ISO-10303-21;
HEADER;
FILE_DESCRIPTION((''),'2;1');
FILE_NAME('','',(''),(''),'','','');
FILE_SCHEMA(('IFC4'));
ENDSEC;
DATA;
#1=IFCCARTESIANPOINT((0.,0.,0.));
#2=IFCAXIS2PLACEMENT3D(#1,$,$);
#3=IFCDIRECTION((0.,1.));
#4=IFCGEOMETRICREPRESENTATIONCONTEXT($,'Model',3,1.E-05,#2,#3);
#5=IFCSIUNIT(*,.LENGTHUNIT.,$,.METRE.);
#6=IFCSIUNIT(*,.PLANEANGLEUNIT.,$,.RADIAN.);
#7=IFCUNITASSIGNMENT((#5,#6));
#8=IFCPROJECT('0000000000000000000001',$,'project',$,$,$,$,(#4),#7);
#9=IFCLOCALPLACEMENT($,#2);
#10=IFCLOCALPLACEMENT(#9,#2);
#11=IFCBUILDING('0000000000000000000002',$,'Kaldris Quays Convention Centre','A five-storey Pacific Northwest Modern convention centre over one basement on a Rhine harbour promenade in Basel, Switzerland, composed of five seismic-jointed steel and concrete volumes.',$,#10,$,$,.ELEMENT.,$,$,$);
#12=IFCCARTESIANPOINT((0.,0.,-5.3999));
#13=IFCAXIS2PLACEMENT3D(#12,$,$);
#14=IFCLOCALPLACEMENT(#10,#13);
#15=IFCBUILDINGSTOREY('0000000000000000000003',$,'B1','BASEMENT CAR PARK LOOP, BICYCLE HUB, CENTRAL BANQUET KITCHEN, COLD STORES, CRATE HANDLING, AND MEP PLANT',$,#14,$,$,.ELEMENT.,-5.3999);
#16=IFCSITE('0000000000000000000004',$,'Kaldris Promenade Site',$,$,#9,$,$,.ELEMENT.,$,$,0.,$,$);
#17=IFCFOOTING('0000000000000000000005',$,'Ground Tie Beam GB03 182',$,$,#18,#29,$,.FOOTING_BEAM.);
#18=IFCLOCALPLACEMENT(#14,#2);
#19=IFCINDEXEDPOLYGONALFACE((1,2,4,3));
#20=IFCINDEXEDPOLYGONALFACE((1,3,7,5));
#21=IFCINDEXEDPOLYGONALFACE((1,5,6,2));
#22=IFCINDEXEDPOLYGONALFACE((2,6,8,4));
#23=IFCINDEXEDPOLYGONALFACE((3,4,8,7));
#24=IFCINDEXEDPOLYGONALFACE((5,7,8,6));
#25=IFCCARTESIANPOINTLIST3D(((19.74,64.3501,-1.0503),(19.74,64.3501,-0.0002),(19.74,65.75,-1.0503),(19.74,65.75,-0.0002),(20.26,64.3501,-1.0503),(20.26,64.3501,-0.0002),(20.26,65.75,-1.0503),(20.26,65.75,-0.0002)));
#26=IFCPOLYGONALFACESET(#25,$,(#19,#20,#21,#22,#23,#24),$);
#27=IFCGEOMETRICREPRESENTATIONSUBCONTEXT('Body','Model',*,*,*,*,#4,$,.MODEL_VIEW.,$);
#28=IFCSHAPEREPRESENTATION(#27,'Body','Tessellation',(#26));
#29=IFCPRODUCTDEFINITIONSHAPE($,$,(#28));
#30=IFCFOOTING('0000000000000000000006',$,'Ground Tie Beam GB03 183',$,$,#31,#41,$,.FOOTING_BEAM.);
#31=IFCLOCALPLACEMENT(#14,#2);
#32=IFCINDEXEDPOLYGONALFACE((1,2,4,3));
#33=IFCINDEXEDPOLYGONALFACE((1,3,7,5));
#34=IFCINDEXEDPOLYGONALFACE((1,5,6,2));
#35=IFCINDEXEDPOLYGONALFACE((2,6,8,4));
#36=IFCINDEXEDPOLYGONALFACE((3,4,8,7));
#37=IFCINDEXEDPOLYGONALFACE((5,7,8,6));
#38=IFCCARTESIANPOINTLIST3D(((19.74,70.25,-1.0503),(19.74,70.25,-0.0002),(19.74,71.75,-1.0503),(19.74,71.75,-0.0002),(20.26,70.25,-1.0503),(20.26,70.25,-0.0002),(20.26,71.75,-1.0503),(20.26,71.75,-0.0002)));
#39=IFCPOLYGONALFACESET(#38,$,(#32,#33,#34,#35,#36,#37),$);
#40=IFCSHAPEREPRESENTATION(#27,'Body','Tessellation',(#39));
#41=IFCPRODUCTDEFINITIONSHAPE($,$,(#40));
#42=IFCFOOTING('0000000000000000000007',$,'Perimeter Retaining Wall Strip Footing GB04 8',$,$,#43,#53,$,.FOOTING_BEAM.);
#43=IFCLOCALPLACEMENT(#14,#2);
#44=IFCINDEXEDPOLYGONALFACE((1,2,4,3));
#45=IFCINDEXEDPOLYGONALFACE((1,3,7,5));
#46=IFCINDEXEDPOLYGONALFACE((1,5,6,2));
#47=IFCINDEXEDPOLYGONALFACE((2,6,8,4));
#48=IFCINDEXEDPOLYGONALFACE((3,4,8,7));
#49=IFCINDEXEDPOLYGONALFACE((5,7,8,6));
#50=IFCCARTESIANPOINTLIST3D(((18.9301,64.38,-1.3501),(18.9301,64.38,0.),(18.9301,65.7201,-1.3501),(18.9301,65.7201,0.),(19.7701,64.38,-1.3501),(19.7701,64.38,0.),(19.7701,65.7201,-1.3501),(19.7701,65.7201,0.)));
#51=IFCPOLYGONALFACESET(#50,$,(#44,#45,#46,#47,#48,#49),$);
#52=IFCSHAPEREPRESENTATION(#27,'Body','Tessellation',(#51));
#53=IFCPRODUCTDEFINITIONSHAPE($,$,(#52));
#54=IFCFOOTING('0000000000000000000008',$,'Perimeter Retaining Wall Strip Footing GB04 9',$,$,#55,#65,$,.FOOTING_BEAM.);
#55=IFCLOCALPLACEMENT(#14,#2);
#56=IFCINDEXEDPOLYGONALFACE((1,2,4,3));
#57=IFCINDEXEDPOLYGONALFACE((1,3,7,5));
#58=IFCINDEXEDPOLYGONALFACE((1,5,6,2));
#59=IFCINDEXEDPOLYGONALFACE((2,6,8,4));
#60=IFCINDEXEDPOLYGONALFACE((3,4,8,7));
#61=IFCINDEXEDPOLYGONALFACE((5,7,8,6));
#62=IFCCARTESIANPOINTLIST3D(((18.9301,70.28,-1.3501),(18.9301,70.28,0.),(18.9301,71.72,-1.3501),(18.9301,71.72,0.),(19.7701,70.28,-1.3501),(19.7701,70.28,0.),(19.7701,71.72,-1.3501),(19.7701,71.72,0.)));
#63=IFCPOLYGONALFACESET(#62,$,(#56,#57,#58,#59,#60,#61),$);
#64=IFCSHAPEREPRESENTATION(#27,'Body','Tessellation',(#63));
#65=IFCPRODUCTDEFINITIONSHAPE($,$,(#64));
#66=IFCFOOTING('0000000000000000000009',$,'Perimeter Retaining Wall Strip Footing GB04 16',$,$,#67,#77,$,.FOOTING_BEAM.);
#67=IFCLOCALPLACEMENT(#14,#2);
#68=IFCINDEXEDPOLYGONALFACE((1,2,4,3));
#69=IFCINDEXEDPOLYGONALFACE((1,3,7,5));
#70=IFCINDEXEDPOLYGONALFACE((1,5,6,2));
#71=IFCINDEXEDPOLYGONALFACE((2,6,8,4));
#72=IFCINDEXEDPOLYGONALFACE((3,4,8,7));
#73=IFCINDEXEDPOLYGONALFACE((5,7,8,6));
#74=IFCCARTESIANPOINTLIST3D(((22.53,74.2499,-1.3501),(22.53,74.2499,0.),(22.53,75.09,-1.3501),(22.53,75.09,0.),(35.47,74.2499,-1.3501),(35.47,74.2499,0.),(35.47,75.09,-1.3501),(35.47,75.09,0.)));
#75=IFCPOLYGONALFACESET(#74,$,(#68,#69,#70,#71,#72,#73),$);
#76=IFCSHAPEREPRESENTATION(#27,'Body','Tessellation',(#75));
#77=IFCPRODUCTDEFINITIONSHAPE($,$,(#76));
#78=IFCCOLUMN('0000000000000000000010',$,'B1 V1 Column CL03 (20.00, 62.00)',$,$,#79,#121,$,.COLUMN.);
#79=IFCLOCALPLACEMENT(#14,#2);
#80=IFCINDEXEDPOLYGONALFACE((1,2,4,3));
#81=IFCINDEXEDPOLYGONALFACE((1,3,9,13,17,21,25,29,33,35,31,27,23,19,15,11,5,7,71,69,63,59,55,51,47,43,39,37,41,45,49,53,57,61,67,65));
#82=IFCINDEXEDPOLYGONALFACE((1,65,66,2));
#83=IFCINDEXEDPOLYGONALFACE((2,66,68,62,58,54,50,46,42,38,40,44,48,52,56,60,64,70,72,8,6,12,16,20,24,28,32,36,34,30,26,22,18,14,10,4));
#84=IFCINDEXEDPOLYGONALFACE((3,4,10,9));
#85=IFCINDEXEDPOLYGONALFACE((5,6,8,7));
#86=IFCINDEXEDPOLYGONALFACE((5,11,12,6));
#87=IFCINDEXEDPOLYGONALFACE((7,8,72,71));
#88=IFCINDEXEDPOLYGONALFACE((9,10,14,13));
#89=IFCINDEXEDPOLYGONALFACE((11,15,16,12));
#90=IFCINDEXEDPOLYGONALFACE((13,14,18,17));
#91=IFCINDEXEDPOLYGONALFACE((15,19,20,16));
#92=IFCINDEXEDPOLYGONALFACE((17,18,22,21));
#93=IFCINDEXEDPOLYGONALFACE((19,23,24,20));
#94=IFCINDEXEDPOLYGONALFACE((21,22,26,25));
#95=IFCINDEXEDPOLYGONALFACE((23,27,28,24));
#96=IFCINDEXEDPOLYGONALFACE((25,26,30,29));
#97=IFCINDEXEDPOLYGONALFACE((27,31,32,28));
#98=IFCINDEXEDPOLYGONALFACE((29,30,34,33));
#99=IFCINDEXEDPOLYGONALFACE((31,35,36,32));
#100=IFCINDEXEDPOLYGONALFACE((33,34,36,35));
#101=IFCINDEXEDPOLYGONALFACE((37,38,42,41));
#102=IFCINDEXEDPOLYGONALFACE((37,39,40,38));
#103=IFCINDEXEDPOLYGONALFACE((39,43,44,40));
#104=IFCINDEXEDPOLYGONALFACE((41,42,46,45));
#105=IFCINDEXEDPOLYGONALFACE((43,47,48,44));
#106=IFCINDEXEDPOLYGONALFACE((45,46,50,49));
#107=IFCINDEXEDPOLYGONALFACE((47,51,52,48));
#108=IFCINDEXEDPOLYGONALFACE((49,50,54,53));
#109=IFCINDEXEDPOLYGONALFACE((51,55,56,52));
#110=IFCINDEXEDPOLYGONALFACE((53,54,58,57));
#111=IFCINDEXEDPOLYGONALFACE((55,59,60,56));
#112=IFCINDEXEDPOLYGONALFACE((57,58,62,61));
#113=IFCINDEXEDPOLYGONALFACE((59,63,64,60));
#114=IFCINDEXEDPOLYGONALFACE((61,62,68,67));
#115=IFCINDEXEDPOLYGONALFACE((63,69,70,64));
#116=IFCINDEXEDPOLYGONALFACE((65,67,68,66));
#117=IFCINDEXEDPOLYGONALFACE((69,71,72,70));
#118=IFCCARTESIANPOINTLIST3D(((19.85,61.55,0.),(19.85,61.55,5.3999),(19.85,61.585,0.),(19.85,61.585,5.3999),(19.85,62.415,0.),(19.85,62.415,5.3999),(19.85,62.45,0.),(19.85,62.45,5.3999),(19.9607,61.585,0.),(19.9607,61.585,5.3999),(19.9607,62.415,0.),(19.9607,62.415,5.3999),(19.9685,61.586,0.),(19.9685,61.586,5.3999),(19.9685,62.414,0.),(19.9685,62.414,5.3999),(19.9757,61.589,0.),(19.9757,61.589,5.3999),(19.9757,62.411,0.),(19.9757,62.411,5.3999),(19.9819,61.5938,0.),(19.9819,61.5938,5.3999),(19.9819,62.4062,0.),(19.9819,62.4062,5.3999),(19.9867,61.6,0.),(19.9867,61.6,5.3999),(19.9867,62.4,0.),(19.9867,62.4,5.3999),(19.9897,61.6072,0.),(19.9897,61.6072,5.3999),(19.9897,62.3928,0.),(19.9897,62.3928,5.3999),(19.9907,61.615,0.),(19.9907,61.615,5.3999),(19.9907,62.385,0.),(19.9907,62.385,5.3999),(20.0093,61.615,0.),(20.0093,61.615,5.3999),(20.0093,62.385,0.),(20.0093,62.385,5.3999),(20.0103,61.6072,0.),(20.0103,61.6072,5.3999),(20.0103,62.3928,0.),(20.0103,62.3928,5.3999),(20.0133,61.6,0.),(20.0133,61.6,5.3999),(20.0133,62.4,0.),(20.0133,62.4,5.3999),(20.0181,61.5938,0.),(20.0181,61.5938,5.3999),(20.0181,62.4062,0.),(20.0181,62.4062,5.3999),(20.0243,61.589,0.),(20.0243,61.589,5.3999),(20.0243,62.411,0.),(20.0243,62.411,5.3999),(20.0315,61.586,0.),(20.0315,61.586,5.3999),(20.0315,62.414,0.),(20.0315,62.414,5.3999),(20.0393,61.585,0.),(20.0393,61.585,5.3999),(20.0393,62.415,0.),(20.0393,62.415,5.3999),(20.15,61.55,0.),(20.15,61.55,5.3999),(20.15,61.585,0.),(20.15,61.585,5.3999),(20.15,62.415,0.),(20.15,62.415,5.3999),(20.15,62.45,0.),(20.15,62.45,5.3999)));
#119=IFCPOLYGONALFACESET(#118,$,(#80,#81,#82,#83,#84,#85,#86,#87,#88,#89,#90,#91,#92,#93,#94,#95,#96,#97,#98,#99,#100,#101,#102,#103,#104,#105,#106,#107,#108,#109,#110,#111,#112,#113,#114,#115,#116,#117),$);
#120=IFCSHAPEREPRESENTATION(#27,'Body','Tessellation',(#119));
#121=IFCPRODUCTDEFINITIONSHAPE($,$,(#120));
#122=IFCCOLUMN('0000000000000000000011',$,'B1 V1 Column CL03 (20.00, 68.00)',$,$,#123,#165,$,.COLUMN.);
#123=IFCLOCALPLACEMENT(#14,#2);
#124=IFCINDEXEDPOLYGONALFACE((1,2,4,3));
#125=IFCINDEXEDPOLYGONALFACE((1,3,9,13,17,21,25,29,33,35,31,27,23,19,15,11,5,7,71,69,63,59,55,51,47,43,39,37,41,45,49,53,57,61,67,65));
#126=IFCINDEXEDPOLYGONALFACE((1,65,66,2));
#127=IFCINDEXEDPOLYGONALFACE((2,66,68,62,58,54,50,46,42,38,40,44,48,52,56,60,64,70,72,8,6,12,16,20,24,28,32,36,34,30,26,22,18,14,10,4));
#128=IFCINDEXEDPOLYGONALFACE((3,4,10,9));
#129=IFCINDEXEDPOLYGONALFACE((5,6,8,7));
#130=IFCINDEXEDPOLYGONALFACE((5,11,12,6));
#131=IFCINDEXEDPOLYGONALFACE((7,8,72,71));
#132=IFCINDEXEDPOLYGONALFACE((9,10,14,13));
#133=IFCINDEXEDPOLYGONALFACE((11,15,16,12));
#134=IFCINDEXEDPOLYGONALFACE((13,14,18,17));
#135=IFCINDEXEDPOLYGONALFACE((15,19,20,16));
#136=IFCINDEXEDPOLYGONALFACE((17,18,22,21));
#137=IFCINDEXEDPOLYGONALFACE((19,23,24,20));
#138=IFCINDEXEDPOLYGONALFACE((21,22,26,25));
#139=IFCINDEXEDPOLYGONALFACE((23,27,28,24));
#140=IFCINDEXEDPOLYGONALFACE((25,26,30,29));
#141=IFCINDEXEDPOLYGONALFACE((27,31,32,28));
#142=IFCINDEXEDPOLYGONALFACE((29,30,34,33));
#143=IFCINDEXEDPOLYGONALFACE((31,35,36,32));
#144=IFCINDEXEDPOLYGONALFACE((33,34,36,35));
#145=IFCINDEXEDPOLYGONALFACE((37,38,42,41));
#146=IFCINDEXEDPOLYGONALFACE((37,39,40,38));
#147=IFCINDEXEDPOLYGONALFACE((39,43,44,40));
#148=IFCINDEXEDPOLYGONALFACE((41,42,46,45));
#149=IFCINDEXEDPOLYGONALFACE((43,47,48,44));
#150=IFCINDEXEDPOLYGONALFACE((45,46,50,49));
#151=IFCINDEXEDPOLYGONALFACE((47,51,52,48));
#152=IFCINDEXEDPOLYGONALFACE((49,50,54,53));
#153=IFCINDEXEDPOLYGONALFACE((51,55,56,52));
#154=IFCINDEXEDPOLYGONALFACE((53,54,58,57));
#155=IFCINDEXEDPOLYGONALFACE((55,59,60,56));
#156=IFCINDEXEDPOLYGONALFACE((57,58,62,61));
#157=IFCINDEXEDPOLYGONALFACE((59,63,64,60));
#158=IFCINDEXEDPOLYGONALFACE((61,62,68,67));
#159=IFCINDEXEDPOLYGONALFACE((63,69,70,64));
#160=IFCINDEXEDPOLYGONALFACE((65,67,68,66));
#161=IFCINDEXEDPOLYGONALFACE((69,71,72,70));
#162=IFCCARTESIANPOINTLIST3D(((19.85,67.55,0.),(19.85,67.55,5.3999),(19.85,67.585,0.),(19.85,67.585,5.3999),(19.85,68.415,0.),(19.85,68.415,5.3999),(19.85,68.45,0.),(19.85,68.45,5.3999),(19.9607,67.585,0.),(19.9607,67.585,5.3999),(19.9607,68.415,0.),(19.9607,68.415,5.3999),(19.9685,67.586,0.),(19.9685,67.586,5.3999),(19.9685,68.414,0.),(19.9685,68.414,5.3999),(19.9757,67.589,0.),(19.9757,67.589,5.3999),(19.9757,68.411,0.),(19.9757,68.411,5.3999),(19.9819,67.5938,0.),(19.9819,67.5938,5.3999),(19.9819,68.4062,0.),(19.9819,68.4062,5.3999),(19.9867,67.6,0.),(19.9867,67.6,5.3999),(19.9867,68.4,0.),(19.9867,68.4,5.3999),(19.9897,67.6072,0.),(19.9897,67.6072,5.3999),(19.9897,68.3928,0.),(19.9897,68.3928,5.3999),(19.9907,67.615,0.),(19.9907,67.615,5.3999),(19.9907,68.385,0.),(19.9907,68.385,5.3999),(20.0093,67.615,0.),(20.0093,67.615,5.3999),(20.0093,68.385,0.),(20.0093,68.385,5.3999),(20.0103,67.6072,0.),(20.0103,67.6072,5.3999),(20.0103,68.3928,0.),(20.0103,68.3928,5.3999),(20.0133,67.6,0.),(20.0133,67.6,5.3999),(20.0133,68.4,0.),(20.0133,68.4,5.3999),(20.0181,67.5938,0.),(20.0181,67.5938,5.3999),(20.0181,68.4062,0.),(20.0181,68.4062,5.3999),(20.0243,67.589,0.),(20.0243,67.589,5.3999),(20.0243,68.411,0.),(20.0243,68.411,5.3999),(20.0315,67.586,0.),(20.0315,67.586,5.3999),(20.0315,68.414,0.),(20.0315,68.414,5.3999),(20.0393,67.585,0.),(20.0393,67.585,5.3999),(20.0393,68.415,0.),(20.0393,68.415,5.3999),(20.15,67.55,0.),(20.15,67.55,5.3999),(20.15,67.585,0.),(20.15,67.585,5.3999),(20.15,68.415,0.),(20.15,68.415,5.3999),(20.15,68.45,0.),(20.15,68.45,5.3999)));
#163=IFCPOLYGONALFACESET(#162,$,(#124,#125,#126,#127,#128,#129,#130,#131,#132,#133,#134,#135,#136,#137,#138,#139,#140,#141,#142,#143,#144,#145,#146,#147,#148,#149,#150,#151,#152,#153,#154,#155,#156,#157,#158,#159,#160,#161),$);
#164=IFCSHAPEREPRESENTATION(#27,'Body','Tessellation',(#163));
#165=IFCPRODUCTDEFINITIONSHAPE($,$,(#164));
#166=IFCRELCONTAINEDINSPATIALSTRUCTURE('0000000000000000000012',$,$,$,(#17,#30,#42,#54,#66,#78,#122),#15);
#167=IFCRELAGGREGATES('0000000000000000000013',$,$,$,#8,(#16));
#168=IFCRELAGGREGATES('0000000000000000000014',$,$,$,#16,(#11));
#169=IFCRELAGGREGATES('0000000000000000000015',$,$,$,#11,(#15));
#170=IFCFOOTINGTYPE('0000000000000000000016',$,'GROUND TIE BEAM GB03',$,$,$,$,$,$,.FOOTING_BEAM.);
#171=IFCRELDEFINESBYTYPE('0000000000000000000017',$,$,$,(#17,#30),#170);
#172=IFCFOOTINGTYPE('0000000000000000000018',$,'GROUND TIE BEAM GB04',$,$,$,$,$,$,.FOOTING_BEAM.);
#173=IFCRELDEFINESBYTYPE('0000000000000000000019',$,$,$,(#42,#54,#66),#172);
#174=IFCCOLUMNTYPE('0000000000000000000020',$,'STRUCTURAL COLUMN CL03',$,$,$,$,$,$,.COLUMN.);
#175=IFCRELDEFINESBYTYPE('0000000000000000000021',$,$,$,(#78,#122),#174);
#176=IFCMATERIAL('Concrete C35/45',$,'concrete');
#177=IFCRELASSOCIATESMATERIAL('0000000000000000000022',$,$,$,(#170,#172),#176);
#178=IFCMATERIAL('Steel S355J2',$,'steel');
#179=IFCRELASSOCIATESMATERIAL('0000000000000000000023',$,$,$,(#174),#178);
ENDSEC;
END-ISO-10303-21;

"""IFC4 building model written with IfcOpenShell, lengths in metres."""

from ifc_helpers import new_model, si_unit, direction, frame, origin, origin_2d, place, context, subcontext, project, spatial, rectangle, i_section, extrude, material, material_profile, profile_set, type_object, element, save


model = new_model("IFC4")

# Units and contexts
model_context = context("Model", 3, precision=1e-05, world=origin(), true_north=direction((0.0, 1.0)))
body_context = subcontext(model_context, "Body", "Model", "MODEL_VIEW")
ifc_project = project(units=[si_unit("LENGTHUNIT", "METRE"), si_unit("PLANEANGLEUNIT", "RADIAN")], contexts=[model_context])

# Site, building, storey
site_placement = place(None, origin())
site = spatial("IfcSite", under=ifc_project, at=site_placement, Name="Kaldris Promenade Site", CompositionType="ELEMENT", RefElevation=0.0)
building_placement = place(site_placement, origin())
building = spatial("IfcBuilding", under=site, at=building_placement, Name="Kaldris Quays Convention Centre", Description="A five-storey Pacific Northwest Modern convention centre over one basement on a Rhine harbour promenade in Basel, Switzerland, composed of five seismic-jointed steel and concrete volumes.", CompositionType="ELEMENT")
storey_placement = place(building_placement, frame((0.0, 0.0, -5.3999)))
storey = spatial("IfcBuildingStorey", under=building, at=storey_placement, Name="B1", Description="BASEMENT CAR PARK LOOP, BICYCLE HUB, CENTRAL BANQUET KITCHEN, COLD STORES, CRATE HANDLING, AND MEP PLANT", CompositionType="ELEMENT", Elevation=-5.3999)

# Shared definitions
ifc_material_1 = material(Name="Concrete C35/45", Category="concrete")

# Footings
footing_type_1 = type_object("IfcFootingType", Name="GROUND TIE BEAM GB03", PredefinedType="FOOTING_BEAM", material=ifc_material_1)
footing_1_placement = place(storey_placement, frame((20.0, 65.05, -1.0503), z_axis=(0.0, 0.0, 1.0), x_axis=(1.0, 0.0, 0.0)))
element("IfcFooting", 1, at=footing_1_placement, inside=storey, type_object=footing_type_1, Name="Ground Tie Beam GB03 182", PredefinedType="FOOTING_BEAM", context=body_context, shape_type="SweptSolid", body=[
    extrude(rectangle(XDim=0.52, YDim=1.3999, at=origin_2d()), origin(), (0.0, 0.0, 1.0), 1.05),
])
footing_2_placement = place(storey_placement, frame((20.0, 71.0, -1.0503), z_axis=(0.0, 0.0, 1.0), x_axis=(1.0, 0.0, 0.0)))
element("IfcFooting", 2, at=footing_2_placement, inside=storey, type_object=footing_type_1, Name="Ground Tie Beam GB03 183", PredefinedType="FOOTING_BEAM", context=body_context, shape_type="SweptSolid", body=[
    extrude(rectangle(XDim=0.52, YDim=1.5, at=origin_2d()), origin(), (0.0, 0.0, 1.0), 1.05),
])
footing_type_2 = type_object("IfcFootingType", Name="GROUND TIE BEAM GB04", PredefinedType="FOOTING_BEAM", material=ifc_material_1)
footing_3_placement = place(storey_placement, frame((19.3501, 65.05, -1.3501), z_axis=(0.0, 0.0, 1.0), x_axis=(1.0, 0.0, 0.0)))
element("IfcFooting", 3, at=footing_3_placement, inside=storey, type_object=footing_type_2, Name="Perimeter Retaining Wall Strip Footing GB04 8", PredefinedType="FOOTING_BEAM", context=body_context, shape_type="SweptSolid", body=[
    extrude(rectangle(XDim=0.8401, YDim=1.3401, at=origin_2d()), origin(), (0.0, 0.0, 1.0), 1.3501),
])
footing_4_placement = place(storey_placement, frame((19.3501, 71.0, -1.3501), z_axis=(0.0, 0.0, 1.0), x_axis=(1.0, 0.0, 0.0)))
element("IfcFooting", 4, at=footing_4_placement, inside=storey, type_object=footing_type_2, Name="Perimeter Retaining Wall Strip Footing GB04 9", PredefinedType="FOOTING_BEAM", context=body_context, shape_type="SweptSolid", body=[
    extrude(rectangle(XDim=0.8401, YDim=1.4399, at=origin_2d()), origin(), (0.0, 0.0, 1.0), 1.3501),
])
footing_5_placement = place(storey_placement, frame((29.0, 74.6699, -1.3501), z_axis=(0.0, 0.0, 1.0), x_axis=(1.0, 0.0, 0.0)))
element("IfcFooting", 5, at=footing_5_placement, inside=storey, type_object=footing_type_2, Name="Perimeter Retaining Wall Strip Footing GB04 16", PredefinedType="FOOTING_BEAM", context=body_context, shape_type="SweptSolid", body=[
    extrude(rectangle(XDim=12.9399, YDim=0.8401, at=origin_2d()), origin(), (0.0, 0.0, 1.0), 1.3501),
])

# Columns
ifc_material_2 = material(Name="Steel S355J2", Category="steel")
ifc_material_profile_1 = material_profile(ifc_material_2, i_section(OverallWidth=0.3, OverallDepth=0.8999, WebThickness=0.0186, FlangeThickness=0.0349, FilletRadius=0.03, at=origin_2d()), Name="HEB 900")
ifc_profile_set_1 = profile_set([ifc_material_profile_1], Name="Steel S355J2")
column_type = type_object("IfcColumnType", Name="STRUCTURAL COLUMN CL03", PredefinedType="COLUMN", material=ifc_profile_set_1)
for number, where, z_axis, x_axis, name in (
    (6, (20.0, 62.0, 0.0), (0.0, 0.0, 1.0), (1.0, 0.0, 0.0), "B1 V1 Column CL03 (20.00, 62.00)"),
    (7, (20.0, 68.0, 0.0), (0.0, 0.0, 1.0), (1.0, 0.0, 0.0), "B1 V1 Column CL03 (20.00, 68.00)"),
):
    element("IfcColumn", number, at=place(storey_placement, frame(where, z_axis=z_axis, x_axis=x_axis)), inside=storey, type_object=column_type, Name=name, PredefinedType="COLUMN", context=body_context, shape_type="SweptSolid", body=[
        extrude(i_section(OverallWidth=0.3, OverallDepth=0.8999, WebThickness=0.0186, FlangeThickness=0.0349, FilletRadius=0.03, at=origin_2d()), origin(), (0.0, 0.0, 1.0), 5.3999),
    ])

save(model, "model.ifc")
